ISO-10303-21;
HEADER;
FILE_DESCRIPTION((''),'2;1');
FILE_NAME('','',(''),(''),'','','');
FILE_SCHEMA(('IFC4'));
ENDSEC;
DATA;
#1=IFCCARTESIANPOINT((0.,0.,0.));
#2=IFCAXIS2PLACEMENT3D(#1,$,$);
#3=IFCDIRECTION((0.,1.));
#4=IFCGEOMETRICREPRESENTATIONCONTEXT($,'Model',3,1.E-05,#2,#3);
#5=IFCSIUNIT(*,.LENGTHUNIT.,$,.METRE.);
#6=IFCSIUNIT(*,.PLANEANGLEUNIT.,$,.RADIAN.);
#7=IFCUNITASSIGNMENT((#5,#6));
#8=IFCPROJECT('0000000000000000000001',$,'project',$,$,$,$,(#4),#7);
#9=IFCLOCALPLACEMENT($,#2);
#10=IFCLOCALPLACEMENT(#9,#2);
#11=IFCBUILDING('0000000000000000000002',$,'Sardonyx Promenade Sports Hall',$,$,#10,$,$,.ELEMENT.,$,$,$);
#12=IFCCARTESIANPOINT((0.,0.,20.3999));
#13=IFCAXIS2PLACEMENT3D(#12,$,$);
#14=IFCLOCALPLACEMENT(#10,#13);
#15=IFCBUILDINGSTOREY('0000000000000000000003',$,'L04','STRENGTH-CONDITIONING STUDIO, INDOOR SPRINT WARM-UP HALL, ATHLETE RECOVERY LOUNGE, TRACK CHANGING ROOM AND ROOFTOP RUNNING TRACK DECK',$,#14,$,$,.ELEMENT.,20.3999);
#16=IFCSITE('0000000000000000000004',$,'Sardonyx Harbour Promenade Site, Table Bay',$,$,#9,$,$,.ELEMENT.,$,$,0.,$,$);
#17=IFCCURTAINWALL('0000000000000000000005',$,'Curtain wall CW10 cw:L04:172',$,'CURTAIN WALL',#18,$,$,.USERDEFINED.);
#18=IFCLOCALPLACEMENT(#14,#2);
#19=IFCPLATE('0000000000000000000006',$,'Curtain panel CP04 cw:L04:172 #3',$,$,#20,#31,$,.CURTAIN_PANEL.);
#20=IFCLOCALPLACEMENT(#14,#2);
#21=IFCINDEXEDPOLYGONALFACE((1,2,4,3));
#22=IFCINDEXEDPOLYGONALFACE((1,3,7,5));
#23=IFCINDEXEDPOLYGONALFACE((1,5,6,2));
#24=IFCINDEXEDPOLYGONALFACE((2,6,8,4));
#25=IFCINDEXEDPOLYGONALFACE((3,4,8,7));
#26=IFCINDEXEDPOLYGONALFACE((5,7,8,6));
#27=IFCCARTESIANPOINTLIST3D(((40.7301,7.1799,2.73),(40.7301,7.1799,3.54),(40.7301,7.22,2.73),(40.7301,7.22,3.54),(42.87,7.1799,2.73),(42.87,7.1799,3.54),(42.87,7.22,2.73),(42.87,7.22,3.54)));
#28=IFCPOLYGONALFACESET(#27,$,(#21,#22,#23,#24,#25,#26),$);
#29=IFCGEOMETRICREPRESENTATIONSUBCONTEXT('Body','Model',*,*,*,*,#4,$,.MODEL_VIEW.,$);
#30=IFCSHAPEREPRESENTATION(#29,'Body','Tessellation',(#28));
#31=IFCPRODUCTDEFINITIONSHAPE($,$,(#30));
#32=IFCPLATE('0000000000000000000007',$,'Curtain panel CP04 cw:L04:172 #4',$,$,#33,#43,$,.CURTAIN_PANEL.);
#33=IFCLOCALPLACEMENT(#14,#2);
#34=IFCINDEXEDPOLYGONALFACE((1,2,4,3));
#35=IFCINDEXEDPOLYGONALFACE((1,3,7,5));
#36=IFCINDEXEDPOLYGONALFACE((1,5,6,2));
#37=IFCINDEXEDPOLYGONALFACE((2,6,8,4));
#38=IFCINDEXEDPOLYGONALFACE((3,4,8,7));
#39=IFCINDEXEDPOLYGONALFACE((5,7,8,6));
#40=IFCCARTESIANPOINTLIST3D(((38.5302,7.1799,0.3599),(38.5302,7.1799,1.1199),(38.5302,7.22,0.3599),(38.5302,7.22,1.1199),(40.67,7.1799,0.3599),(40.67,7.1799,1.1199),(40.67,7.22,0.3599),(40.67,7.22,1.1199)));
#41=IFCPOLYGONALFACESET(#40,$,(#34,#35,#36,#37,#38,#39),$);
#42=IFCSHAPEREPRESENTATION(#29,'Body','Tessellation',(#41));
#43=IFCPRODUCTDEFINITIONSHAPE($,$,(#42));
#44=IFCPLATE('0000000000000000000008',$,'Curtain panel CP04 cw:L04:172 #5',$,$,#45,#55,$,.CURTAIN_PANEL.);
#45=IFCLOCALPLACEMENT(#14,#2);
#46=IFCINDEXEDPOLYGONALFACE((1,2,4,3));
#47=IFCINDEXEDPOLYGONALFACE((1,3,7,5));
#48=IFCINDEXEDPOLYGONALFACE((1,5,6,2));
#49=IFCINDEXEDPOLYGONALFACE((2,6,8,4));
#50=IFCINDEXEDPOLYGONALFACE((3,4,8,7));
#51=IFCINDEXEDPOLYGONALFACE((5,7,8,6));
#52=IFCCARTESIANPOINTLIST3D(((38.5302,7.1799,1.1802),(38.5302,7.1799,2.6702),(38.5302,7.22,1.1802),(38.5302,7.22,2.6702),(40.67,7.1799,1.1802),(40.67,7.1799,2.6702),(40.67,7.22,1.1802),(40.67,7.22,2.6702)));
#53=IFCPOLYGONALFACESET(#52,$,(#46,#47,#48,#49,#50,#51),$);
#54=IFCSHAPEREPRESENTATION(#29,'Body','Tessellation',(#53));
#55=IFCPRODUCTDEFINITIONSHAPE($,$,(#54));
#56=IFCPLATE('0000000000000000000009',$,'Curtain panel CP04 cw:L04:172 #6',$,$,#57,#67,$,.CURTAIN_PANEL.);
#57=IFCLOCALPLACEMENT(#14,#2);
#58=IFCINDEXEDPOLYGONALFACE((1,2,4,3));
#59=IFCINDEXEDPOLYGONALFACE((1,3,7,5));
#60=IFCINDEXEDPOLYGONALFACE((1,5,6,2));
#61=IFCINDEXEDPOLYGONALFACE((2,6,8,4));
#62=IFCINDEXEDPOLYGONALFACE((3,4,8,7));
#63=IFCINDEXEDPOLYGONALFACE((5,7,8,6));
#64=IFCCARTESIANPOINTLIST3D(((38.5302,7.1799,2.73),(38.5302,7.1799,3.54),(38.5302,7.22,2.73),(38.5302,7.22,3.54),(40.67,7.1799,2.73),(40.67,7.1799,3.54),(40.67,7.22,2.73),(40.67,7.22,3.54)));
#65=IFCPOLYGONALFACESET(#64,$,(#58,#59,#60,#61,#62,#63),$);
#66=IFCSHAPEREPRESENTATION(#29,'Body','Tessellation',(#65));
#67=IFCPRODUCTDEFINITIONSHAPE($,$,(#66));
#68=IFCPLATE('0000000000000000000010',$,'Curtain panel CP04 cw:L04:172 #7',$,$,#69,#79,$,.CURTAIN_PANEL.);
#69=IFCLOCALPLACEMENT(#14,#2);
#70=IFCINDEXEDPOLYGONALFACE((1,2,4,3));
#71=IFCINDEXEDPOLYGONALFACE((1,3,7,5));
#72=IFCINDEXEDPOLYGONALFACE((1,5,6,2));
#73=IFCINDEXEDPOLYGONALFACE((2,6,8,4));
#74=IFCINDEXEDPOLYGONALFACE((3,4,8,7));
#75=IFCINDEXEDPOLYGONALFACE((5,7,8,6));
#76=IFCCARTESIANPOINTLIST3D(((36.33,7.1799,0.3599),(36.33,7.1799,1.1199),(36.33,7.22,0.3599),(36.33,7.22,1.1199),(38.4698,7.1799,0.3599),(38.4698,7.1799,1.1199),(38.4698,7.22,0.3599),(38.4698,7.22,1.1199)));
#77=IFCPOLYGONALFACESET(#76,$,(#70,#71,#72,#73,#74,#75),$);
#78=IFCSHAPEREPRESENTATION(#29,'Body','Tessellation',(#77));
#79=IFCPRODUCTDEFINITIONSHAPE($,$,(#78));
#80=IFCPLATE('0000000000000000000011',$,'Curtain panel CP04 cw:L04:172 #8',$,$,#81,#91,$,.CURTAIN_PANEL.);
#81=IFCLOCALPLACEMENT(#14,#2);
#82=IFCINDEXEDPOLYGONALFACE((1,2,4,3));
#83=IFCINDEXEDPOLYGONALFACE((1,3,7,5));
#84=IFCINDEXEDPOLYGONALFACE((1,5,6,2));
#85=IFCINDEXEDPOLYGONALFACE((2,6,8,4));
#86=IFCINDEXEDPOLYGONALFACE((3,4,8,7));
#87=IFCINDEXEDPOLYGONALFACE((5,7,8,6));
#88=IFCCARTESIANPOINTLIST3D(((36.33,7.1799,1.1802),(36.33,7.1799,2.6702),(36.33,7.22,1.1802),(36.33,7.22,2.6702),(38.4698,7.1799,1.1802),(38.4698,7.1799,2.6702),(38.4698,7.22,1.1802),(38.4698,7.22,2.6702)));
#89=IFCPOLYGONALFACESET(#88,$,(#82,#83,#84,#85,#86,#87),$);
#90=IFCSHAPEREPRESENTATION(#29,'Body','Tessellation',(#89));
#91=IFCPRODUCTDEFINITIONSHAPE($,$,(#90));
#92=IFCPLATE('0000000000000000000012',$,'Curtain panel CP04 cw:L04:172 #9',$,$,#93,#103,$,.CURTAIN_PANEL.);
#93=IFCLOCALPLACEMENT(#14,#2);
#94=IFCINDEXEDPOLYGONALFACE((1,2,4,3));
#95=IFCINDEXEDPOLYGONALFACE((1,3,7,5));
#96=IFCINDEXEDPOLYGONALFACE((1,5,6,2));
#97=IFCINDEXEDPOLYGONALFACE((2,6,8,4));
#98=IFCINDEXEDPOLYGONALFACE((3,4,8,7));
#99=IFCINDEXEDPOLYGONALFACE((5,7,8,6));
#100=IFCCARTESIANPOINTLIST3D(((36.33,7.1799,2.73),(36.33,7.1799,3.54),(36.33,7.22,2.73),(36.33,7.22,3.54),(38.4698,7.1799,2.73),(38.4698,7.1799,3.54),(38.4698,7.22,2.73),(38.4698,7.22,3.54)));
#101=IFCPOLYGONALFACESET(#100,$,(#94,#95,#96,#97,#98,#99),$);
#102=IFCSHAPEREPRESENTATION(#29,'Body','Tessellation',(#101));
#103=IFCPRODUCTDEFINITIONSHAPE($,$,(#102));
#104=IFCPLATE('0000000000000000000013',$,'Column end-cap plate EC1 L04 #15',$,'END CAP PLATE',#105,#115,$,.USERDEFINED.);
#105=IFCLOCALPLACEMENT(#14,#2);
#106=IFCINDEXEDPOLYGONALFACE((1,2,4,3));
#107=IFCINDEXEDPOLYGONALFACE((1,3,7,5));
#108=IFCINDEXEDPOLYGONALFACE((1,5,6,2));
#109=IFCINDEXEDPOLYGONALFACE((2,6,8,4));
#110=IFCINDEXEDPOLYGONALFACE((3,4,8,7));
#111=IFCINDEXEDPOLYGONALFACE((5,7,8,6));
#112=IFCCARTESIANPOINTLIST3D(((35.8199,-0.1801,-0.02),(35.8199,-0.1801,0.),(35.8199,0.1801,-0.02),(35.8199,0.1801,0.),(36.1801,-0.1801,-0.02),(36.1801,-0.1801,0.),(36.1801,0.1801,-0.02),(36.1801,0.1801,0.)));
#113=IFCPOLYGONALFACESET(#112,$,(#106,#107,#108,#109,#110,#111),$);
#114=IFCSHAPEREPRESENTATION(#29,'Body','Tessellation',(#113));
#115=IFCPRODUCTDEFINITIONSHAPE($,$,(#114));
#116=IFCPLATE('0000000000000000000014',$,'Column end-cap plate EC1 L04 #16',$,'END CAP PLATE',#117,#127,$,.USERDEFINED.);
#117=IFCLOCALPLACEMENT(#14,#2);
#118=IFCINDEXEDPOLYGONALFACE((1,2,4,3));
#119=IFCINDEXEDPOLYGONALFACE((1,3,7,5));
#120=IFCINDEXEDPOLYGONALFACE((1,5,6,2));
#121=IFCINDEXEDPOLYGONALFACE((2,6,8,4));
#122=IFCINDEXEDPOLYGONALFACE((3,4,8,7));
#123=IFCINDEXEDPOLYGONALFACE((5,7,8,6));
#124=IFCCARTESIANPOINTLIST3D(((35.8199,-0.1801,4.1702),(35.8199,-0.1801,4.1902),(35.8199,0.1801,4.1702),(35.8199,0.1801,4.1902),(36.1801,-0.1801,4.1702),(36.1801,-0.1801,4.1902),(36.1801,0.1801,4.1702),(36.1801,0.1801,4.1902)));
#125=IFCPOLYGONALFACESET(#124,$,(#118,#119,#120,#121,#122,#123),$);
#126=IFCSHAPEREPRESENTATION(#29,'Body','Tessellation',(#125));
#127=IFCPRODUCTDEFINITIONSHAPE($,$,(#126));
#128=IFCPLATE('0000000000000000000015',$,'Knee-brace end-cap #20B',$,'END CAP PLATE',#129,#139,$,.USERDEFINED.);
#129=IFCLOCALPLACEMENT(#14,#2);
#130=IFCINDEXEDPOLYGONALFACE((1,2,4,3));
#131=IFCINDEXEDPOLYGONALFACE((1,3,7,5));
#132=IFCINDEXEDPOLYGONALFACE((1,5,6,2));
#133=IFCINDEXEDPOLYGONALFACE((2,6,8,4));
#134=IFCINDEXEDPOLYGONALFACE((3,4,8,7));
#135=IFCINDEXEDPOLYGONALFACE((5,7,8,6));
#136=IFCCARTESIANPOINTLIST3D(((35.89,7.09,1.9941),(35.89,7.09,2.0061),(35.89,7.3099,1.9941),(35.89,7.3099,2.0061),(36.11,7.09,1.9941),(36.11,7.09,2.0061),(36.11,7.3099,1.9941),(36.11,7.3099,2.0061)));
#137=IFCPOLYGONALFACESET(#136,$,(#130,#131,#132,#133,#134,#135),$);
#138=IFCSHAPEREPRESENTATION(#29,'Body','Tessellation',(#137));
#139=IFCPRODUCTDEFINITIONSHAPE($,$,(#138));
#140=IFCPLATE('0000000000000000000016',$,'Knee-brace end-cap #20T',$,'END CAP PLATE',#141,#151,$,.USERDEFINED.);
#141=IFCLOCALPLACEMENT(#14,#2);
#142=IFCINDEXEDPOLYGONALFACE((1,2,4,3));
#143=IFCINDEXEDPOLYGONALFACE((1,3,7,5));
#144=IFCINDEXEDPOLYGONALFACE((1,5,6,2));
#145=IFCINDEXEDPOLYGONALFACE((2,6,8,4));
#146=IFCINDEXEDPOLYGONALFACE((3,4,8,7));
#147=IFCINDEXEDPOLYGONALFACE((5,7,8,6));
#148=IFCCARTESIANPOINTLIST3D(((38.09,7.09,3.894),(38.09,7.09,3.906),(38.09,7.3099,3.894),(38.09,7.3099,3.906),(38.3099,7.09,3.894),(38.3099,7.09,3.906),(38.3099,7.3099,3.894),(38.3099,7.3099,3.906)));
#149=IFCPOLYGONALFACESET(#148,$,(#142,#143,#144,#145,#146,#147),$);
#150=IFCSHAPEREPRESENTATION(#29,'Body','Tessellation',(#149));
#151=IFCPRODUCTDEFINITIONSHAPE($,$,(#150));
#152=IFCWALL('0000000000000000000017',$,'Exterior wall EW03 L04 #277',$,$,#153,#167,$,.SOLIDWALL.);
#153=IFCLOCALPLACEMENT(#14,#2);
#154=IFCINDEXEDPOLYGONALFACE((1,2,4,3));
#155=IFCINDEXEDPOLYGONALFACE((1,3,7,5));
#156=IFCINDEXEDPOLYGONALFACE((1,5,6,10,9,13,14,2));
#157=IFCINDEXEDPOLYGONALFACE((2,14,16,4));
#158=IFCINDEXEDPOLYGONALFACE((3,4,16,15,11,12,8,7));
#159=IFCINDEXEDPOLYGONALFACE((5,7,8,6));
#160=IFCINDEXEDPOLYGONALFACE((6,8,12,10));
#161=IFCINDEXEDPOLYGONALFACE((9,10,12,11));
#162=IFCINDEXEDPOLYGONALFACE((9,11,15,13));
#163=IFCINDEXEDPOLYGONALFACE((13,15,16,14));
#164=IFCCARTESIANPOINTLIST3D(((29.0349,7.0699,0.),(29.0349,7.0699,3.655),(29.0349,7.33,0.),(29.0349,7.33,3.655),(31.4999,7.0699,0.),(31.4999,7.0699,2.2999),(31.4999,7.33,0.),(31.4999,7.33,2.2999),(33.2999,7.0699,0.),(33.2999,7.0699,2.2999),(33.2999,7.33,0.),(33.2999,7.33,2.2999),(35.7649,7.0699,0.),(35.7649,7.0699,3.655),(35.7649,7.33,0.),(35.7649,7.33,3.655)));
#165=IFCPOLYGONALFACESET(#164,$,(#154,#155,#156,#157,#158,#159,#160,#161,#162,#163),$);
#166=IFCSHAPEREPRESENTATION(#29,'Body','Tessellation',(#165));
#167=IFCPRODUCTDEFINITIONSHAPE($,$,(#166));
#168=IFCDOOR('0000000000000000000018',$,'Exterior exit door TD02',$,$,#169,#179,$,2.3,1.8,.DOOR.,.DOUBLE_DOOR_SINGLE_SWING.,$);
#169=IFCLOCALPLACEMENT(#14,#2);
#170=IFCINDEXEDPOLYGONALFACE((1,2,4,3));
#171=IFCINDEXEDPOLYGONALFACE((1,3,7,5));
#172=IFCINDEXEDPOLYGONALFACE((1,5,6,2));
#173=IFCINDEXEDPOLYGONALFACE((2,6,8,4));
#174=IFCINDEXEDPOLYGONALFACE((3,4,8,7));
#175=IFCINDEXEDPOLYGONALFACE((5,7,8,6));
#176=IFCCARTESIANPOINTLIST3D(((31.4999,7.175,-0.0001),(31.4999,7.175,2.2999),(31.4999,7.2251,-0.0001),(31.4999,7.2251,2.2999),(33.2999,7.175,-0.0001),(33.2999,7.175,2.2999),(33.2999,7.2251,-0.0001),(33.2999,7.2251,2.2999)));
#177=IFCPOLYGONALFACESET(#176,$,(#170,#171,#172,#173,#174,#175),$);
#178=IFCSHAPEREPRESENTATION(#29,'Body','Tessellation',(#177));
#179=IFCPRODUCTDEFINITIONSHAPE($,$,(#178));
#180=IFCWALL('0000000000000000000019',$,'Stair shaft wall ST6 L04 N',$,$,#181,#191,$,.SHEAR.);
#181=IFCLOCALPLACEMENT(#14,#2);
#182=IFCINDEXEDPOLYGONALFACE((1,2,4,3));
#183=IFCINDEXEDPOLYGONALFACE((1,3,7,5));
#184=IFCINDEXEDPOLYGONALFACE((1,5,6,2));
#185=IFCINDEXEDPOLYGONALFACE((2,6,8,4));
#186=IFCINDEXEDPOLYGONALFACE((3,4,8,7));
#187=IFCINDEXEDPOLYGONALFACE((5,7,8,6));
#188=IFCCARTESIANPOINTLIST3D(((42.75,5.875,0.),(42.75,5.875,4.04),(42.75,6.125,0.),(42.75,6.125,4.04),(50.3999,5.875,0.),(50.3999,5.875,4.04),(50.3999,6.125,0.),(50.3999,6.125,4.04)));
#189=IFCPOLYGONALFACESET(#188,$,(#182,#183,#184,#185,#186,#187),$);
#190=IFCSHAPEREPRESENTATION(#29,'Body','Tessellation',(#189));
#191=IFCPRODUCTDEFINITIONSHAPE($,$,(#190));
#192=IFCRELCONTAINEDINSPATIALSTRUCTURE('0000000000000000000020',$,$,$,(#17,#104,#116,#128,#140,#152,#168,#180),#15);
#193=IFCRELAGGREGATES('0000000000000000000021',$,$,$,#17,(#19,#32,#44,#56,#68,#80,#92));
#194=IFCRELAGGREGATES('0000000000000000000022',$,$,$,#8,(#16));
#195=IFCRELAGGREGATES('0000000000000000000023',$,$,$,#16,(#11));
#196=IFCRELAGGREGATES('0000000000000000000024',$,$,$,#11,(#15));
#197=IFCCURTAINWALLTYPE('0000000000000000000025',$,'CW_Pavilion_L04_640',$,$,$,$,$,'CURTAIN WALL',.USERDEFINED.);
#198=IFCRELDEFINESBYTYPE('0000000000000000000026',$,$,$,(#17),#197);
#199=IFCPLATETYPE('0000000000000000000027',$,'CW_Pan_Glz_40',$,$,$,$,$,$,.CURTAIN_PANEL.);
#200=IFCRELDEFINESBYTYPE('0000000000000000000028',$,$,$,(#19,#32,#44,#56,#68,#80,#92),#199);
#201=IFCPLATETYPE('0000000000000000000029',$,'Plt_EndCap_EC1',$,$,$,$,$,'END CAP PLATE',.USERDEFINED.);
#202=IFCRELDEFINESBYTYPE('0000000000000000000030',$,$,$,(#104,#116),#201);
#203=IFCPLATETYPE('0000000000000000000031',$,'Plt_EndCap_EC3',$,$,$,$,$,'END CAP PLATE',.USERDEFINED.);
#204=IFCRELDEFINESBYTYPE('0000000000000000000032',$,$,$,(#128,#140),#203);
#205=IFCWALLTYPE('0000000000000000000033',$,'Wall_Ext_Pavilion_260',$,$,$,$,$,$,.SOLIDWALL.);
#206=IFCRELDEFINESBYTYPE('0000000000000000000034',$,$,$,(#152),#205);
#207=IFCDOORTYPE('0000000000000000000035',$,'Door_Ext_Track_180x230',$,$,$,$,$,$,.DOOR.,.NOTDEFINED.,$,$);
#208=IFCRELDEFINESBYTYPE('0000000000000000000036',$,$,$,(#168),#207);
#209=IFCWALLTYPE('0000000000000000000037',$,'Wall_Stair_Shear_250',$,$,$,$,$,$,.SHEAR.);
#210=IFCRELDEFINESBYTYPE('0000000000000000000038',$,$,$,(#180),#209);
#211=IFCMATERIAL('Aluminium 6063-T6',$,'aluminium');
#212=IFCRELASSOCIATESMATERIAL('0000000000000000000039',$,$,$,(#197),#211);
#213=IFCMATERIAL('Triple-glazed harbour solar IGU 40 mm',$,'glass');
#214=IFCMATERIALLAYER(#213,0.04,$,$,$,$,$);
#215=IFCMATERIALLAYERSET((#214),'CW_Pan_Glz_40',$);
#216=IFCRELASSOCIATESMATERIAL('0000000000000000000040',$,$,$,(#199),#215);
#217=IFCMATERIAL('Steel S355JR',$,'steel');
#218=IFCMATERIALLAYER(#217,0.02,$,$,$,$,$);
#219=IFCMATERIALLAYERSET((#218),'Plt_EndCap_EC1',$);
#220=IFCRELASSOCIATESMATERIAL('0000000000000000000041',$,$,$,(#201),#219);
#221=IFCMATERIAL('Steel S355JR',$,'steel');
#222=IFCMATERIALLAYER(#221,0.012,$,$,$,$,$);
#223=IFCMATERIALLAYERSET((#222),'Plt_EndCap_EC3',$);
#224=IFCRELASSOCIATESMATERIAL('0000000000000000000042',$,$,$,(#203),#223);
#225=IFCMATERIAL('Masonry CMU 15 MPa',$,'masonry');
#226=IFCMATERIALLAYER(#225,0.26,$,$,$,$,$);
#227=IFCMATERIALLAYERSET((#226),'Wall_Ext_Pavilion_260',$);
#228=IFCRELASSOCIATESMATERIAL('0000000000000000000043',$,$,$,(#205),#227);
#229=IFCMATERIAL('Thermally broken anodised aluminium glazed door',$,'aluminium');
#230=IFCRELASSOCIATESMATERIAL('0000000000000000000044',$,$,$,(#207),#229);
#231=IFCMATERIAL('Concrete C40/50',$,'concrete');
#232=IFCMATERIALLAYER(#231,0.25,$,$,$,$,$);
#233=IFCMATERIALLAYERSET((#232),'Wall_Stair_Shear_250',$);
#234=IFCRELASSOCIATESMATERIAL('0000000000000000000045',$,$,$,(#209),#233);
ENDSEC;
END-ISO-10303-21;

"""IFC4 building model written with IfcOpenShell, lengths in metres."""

from ifc_helpers import new_model, si_unit, direction, frame, frame_2d, origin, origin_2d, place, context, subcontext, project, spatial, rectangle, extrude, material, layer, layer_set, type_object, element, fill, aggregate, save


model = new_model("IFC4")

# Units and contexts
model_context = context("Model", 3, precision=1e-05, world=origin(), true_north=direction((0.0, 1.0)))
body_context = subcontext(model_context, "Body", "Model", "MODEL_VIEW")
ifc_project = project(units=[si_unit("LENGTHUNIT", "METRE"), si_unit("PLANEANGLEUNIT", "RADIAN")], contexts=[model_context])

# Site, building, storey
site_placement = place(None, origin())
site = spatial("IfcSite", under=ifc_project, at=site_placement, Name="Sardonyx Harbour Promenade Site, Table Bay", CompositionType="ELEMENT", RefElevation=0.0)
building_placement = place(site_placement, origin())
building = spatial("IfcBuilding", under=site, at=building_placement, Name="Sardonyx Promenade Sports Hall", CompositionType="ELEMENT")
storey_placement = place(building_placement, frame((0.0, 0.0, 20.3999)))
storey = spatial("IfcBuildingStorey", under=building, at=storey_placement, Name="L04", Description="STRENGTH-CONDITIONING STUDIO, INDOOR SPRINT WARM-UP HALL, ATHLETE RECOVERY LOUNGE, TRACK CHANGING ROOM AND ROOFTOP RUNNING TRACK DECK", CompositionType="ELEMENT", Elevation=20.3999)

# Curtain wall
ifc_material_1 = material(Name="Aluminium 6063-T6", Category="aluminium")
curtain_wall_type = type_object("IfcCurtainWallType", Name="CW_Pavilion_L04_640", ElementType="CURTAIN WALL", PredefinedType="USERDEFINED", material=ifc_material_1)
curtain_wall_placement = place(storey_placement, origin())
curtain_wall = element("IfcCurtainWall", 1, at=curtain_wall_placement, inside=storey, type_object=curtain_wall_type, Name="Curtain wall CW10 cw:L04:172", ObjectType="CURTAIN WALL", PredefinedType="USERDEFINED")

# Plates
ifc_material_2 = material(Name="Triple-glazed harbour solar IGU 40 mm", Category="glass")
ifc_layer_1 = layer(ifc_material_2, 0.04)
ifc_layer_set_1 = layer_set([ifc_layer_1], Name="CW_Pan_Glz_40")
plate_type_1 = type_object("IfcPlateType", Name="CW_Pan_Glz_40", PredefinedType="CURTAIN_PANEL", material=ifc_layer_set_1)
plate_1_placement = place(storey_placement, frame((41.8, 7.2, 2.73), z_axis=(0.0, 0.0, 1.0), x_axis=(-1.0, 0.0, 0.0)))
plate_1 = element("IfcPlate", 2, at=plate_1_placement, type_object=plate_type_1, Name="Curtain panel CP04 cw:L04:172 #3", PredefinedType="CURTAIN_PANEL", context=body_context, shape_type="SweptSolid", body=[
    extrude(rectangle(XDim=2.1399, YDim=0.04, at=origin_2d()), origin(), (0.0, 0.0, 1.0), 0.8101),
])
plate_2_placement = place(storey_placement, frame((39.6001, 7.2, 0.3599), z_axis=(0.0, 0.0, 1.0), x_axis=(-1.0, 0.0, 0.0)))
plate_2 = element("IfcPlate", 3, at=plate_2_placement, type_object=plate_type_1, Name="Curtain panel CP04 cw:L04:172 #4", PredefinedType="CURTAIN_PANEL", context=body_context, shape_type="SweptSolid", body=[
    extrude(rectangle(XDim=2.1399, YDim=0.04, at=origin_2d()), origin(), (0.0, 0.0, 1.0), 0.76),
])
plate_3_placement = place(storey_placement, frame((39.6001, 7.2, 1.1802), z_axis=(0.0, 0.0, 1.0), x_axis=(-1.0, 0.0, 0.0)))
plate_3 = element("IfcPlate", 4, at=plate_3_placement, type_object=plate_type_1, Name="Curtain panel CP04 cw:L04:172 #5", PredefinedType="CURTAIN_PANEL", context=body_context, shape_type="SweptSolid", body=[
    extrude(rectangle(XDim=2.1399, YDim=0.04, at=origin_2d()), origin(), (0.0, 0.0, 1.0), 1.49),
])
plate_4_placement = place(storey_placement, frame((39.6001, 7.2, 2.73), z_axis=(0.0, 0.0, 1.0), x_axis=(-1.0, 0.0, 0.0)))
plate_4 = element("IfcPlate", 5, at=plate_4_placement, type_object=plate_type_1, Name="Curtain panel CP04 cw:L04:172 #6", PredefinedType="CURTAIN_PANEL", context=body_context, shape_type="SweptSolid", body=[
    extrude(rectangle(XDim=2.1399, YDim=0.04, at=origin_2d()), origin(), (0.0, 0.0, 1.0), 0.8101),
])
plate_5_placement = place(storey_placement, frame((37.3999, 7.2, 0.3599), z_axis=(0.0, 0.0, 1.0), x_axis=(-1.0, 0.0, 0.0)))
plate_5 = element("IfcPlate", 6, at=plate_5_placement, type_object=plate_type_1, Name="Curtain panel CP04 cw:L04:172 #7", PredefinedType="CURTAIN_PANEL", context=body_context, shape_type="SweptSolid", body=[
    extrude(rectangle(XDim=2.1399, YDim=0.04, at=origin_2d()), origin(), (0.0, 0.0, 1.0), 0.76),
])
plate_6_placement = place(storey_placement, frame((37.3999, 7.2, 1.1802), z_axis=(0.0, 0.0, 1.0), x_axis=(-1.0, 0.0, 0.0)))
plate_6 = element("IfcPlate", 7, at=plate_6_placement, type_object=plate_type_1, Name="Curtain panel CP04 cw:L04:172 #8", PredefinedType="CURTAIN_PANEL", context=body_context, shape_type="SweptSolid", body=[
    extrude(rectangle(XDim=2.1399, YDim=0.04, at=origin_2d()), origin(), (0.0, 0.0, 1.0), 1.49),
])
plate_7_placement = place(storey_placement, frame((37.3999, 7.2, 2.73), z_axis=(0.0, 0.0, 1.0), x_axis=(-1.0, 0.0, 0.0)))
plate_7 = element("IfcPlate", 8, at=plate_7_placement, type_object=plate_type_1, Name="Curtain panel CP04 cw:L04:172 #9", PredefinedType="CURTAIN_PANEL", context=body_context, shape_type="SweptSolid", body=[
    extrude(rectangle(XDim=2.1399, YDim=0.04, at=origin_2d()), origin(), (0.0, 0.0, 1.0), 0.8101),
])
aggregate(curtain_wall, [plate_1, plate_2, plate_3, plate_4, plate_5, plate_6, plate_7])

# Plates
ifc_material_3 = material(Name="Steel S355JR", Category="steel")
ifc_layer_2 = layer(ifc_material_3, 0.02)
ifc_layer_set_2 = layer_set([ifc_layer_2], Name="Plt_EndCap_EC1")
plate_type_2 = type_object("IfcPlateType", Name="Plt_EndCap_EC1", ElementType="END CAP PLATE", PredefinedType="USERDEFINED", material=ifc_layer_set_2)
for number, where, z_axis, x_axis, name in (
    (9, (36.0, 0.0, -0.02), (0.0, 0.0, 1.0), (1.0, 0.0, 0.0), "Column end-cap plate EC1 L04 #15"),
    (10, (36.0, 0.0, 4.1702), (0.0, 0.0, 1.0), (1.0, 0.0, 0.0), "Column end-cap plate EC1 L04 #16"),
):
    element("IfcPlate", number, at=place(storey_placement, frame(where, z_axis=z_axis, x_axis=x_axis)), inside=storey, type_object=plate_type_2, Name=name, ObjectType="END CAP PLATE", PredefinedType="USERDEFINED", context=body_context, shape_type="SweptSolid", body=[
        extrude(rectangle(XDim=0.3601, YDim=0.3601, at=origin_2d()), origin(), (0.0, 0.0, 1.0), 0.02),
    ])
ifc_material_4 = material(Name="Steel S355JR", Category="steel")
ifc_layer_3 = layer(ifc_material_4, 0.012)
ifc_layer_set_3 = layer_set([ifc_layer_3], Name="Plt_EndCap_EC3")
plate_type_3 = type_object("IfcPlateType", Name="Plt_EndCap_EC3", ElementType="END CAP PLATE", PredefinedType="USERDEFINED", material=ifc_layer_set_3)
for number, where, z_axis, x_axis, name in (
    (11, (36.0, 7.2, 1.9941), (0.0, 0.0, 1.0), (1.0, 0.0, 0.0), "Knee-brace end-cap #20B"),
    (12, (38.2, 7.2, 3.894), (0.0, 0.0, 1.0), (1.0, 0.0, 0.0), "Knee-brace end-cap #20T"),
):
    element("IfcPlate", number, at=place(storey_placement, frame(where, z_axis=z_axis, x_axis=x_axis)), inside=storey, type_object=plate_type_3, Name=name, ObjectType="END CAP PLATE", PredefinedType="USERDEFINED", context=body_context, shape_type="SweptSolid", body=[
        extrude(rectangle(XDim=0.22, YDim=0.22, at=origin_2d()), origin(), (0.0, 0.0, 1.0), 0.012),
    ])

# Wall, opening, door
ifc_material_5 = material(Name="Masonry CMU 15 MPa", Category="masonry")
ifc_layer_4 = layer(ifc_material_5, 0.26)
ifc_layer_set_4 = layer_set([ifc_layer_4], Name="Wall_Ext_Pavilion_260")
wall_type_1 = type_object("IfcWallType", Name="Wall_Ext_Pavilion_260", PredefinedType="SOLIDWALL", material=ifc_layer_set_4)
wall_1_placement = place(storey_placement, frame((35.7649, 7.2, 0.0), z_axis=(0.0, 0.0, 1.0), x_axis=(-1.0, 0.0, 0.0)))
wall_1 = element("IfcWall", 13, at=wall_1_placement, inside=storey, type_object=wall_type_1, Name="Exterior wall EW03 L04 #277", PredefinedType="SOLIDWALL", context=body_context, shape_type="SweptSolid", body=[
    extrude(rectangle(XDim=6.73, YDim=0.26, at=frame_2d((3.365, 0.0))), origin(), (0.0, 0.0, 1.0), 3.655),
])
opening_placement = place(wall_1_placement, frame((2.4651, 0.0, 0.0)))
opening = element("IfcOpeningElement", 14, at=opening_placement, cuts=wall_1, PredefinedType="OPENING", context=body_context, shape_type="SweptSolid", body=[
    extrude(rectangle(XDim=1.8, YDim=2.3, at=frame_2d((0.8999, 1.1499))), frame((0.0, 0.14, 0.0), z_axis=(0.0, -1.0, 0.0), x_axis=(1.0, 0.0, 0.0)), (0.0, 0.0, 1.0), 0.28),
])
ifc_material_6 = material(Name="Thermally broken anodised aluminium glazed door", Category="aluminium")
door_type = type_object("IfcDoorType", Name="Door_Ext_Track_180x230", OperationType="NOTDEFINED", PredefinedType="DOOR", material=ifc_material_6)
door_placement = place(opening_placement, origin())
door = element("IfcDoor", 15, at=door_placement, inside=storey, type_object=door_type, Name="Exterior exit door TD02", OperationType="DOUBLE_DOOR_SINGLE_SWING", OverallHeight=2.3, OverallWidth=1.8, PredefinedType="DOOR", context=body_context, shape_type="SweptSolid", body=[
    extrude(rectangle(XDim=1.8, YDim=2.3, at=frame_2d((0.8999, 1.1499))), frame((0.0, 0.0249, 0.0), z_axis=(0.0, -1.0, 0.0), x_axis=(1.0, 0.0, 0.0)), (0.0, 0.0, 1.0), 0.05),
])
fill(opening, door)

# Wall
ifc_material_7 = material(Name="Concrete C40/50", Category="concrete")
ifc_layer_5 = layer(ifc_material_7, 0.25)
ifc_layer_set_5 = layer_set([ifc_layer_5], Name="Wall_Stair_Shear_250")
wall_type_2 = type_object("IfcWallType", Name="Wall_Stair_Shear_250", PredefinedType="SHEAR", material=ifc_layer_set_5)
wall_2_placement = place(storey_placement, frame((42.75, 6.0, 0.0), z_axis=(0.0, 0.0, 1.0), x_axis=(1.0, 0.0, 0.0)))
element("IfcWall", 16, at=wall_2_placement, inside=storey, type_object=wall_type_2, Name="Stair shaft wall ST6 L04 N", PredefinedType="SHEAR", context=body_context, shape_type="SweptSolid", body=[
    extrude(rectangle(XDim=7.6499, YDim=0.25, at=frame_2d((3.825, 0.0))), origin(), (0.0, 0.0, 1.0), 4.04),
])

save(model, "model.ifc")
